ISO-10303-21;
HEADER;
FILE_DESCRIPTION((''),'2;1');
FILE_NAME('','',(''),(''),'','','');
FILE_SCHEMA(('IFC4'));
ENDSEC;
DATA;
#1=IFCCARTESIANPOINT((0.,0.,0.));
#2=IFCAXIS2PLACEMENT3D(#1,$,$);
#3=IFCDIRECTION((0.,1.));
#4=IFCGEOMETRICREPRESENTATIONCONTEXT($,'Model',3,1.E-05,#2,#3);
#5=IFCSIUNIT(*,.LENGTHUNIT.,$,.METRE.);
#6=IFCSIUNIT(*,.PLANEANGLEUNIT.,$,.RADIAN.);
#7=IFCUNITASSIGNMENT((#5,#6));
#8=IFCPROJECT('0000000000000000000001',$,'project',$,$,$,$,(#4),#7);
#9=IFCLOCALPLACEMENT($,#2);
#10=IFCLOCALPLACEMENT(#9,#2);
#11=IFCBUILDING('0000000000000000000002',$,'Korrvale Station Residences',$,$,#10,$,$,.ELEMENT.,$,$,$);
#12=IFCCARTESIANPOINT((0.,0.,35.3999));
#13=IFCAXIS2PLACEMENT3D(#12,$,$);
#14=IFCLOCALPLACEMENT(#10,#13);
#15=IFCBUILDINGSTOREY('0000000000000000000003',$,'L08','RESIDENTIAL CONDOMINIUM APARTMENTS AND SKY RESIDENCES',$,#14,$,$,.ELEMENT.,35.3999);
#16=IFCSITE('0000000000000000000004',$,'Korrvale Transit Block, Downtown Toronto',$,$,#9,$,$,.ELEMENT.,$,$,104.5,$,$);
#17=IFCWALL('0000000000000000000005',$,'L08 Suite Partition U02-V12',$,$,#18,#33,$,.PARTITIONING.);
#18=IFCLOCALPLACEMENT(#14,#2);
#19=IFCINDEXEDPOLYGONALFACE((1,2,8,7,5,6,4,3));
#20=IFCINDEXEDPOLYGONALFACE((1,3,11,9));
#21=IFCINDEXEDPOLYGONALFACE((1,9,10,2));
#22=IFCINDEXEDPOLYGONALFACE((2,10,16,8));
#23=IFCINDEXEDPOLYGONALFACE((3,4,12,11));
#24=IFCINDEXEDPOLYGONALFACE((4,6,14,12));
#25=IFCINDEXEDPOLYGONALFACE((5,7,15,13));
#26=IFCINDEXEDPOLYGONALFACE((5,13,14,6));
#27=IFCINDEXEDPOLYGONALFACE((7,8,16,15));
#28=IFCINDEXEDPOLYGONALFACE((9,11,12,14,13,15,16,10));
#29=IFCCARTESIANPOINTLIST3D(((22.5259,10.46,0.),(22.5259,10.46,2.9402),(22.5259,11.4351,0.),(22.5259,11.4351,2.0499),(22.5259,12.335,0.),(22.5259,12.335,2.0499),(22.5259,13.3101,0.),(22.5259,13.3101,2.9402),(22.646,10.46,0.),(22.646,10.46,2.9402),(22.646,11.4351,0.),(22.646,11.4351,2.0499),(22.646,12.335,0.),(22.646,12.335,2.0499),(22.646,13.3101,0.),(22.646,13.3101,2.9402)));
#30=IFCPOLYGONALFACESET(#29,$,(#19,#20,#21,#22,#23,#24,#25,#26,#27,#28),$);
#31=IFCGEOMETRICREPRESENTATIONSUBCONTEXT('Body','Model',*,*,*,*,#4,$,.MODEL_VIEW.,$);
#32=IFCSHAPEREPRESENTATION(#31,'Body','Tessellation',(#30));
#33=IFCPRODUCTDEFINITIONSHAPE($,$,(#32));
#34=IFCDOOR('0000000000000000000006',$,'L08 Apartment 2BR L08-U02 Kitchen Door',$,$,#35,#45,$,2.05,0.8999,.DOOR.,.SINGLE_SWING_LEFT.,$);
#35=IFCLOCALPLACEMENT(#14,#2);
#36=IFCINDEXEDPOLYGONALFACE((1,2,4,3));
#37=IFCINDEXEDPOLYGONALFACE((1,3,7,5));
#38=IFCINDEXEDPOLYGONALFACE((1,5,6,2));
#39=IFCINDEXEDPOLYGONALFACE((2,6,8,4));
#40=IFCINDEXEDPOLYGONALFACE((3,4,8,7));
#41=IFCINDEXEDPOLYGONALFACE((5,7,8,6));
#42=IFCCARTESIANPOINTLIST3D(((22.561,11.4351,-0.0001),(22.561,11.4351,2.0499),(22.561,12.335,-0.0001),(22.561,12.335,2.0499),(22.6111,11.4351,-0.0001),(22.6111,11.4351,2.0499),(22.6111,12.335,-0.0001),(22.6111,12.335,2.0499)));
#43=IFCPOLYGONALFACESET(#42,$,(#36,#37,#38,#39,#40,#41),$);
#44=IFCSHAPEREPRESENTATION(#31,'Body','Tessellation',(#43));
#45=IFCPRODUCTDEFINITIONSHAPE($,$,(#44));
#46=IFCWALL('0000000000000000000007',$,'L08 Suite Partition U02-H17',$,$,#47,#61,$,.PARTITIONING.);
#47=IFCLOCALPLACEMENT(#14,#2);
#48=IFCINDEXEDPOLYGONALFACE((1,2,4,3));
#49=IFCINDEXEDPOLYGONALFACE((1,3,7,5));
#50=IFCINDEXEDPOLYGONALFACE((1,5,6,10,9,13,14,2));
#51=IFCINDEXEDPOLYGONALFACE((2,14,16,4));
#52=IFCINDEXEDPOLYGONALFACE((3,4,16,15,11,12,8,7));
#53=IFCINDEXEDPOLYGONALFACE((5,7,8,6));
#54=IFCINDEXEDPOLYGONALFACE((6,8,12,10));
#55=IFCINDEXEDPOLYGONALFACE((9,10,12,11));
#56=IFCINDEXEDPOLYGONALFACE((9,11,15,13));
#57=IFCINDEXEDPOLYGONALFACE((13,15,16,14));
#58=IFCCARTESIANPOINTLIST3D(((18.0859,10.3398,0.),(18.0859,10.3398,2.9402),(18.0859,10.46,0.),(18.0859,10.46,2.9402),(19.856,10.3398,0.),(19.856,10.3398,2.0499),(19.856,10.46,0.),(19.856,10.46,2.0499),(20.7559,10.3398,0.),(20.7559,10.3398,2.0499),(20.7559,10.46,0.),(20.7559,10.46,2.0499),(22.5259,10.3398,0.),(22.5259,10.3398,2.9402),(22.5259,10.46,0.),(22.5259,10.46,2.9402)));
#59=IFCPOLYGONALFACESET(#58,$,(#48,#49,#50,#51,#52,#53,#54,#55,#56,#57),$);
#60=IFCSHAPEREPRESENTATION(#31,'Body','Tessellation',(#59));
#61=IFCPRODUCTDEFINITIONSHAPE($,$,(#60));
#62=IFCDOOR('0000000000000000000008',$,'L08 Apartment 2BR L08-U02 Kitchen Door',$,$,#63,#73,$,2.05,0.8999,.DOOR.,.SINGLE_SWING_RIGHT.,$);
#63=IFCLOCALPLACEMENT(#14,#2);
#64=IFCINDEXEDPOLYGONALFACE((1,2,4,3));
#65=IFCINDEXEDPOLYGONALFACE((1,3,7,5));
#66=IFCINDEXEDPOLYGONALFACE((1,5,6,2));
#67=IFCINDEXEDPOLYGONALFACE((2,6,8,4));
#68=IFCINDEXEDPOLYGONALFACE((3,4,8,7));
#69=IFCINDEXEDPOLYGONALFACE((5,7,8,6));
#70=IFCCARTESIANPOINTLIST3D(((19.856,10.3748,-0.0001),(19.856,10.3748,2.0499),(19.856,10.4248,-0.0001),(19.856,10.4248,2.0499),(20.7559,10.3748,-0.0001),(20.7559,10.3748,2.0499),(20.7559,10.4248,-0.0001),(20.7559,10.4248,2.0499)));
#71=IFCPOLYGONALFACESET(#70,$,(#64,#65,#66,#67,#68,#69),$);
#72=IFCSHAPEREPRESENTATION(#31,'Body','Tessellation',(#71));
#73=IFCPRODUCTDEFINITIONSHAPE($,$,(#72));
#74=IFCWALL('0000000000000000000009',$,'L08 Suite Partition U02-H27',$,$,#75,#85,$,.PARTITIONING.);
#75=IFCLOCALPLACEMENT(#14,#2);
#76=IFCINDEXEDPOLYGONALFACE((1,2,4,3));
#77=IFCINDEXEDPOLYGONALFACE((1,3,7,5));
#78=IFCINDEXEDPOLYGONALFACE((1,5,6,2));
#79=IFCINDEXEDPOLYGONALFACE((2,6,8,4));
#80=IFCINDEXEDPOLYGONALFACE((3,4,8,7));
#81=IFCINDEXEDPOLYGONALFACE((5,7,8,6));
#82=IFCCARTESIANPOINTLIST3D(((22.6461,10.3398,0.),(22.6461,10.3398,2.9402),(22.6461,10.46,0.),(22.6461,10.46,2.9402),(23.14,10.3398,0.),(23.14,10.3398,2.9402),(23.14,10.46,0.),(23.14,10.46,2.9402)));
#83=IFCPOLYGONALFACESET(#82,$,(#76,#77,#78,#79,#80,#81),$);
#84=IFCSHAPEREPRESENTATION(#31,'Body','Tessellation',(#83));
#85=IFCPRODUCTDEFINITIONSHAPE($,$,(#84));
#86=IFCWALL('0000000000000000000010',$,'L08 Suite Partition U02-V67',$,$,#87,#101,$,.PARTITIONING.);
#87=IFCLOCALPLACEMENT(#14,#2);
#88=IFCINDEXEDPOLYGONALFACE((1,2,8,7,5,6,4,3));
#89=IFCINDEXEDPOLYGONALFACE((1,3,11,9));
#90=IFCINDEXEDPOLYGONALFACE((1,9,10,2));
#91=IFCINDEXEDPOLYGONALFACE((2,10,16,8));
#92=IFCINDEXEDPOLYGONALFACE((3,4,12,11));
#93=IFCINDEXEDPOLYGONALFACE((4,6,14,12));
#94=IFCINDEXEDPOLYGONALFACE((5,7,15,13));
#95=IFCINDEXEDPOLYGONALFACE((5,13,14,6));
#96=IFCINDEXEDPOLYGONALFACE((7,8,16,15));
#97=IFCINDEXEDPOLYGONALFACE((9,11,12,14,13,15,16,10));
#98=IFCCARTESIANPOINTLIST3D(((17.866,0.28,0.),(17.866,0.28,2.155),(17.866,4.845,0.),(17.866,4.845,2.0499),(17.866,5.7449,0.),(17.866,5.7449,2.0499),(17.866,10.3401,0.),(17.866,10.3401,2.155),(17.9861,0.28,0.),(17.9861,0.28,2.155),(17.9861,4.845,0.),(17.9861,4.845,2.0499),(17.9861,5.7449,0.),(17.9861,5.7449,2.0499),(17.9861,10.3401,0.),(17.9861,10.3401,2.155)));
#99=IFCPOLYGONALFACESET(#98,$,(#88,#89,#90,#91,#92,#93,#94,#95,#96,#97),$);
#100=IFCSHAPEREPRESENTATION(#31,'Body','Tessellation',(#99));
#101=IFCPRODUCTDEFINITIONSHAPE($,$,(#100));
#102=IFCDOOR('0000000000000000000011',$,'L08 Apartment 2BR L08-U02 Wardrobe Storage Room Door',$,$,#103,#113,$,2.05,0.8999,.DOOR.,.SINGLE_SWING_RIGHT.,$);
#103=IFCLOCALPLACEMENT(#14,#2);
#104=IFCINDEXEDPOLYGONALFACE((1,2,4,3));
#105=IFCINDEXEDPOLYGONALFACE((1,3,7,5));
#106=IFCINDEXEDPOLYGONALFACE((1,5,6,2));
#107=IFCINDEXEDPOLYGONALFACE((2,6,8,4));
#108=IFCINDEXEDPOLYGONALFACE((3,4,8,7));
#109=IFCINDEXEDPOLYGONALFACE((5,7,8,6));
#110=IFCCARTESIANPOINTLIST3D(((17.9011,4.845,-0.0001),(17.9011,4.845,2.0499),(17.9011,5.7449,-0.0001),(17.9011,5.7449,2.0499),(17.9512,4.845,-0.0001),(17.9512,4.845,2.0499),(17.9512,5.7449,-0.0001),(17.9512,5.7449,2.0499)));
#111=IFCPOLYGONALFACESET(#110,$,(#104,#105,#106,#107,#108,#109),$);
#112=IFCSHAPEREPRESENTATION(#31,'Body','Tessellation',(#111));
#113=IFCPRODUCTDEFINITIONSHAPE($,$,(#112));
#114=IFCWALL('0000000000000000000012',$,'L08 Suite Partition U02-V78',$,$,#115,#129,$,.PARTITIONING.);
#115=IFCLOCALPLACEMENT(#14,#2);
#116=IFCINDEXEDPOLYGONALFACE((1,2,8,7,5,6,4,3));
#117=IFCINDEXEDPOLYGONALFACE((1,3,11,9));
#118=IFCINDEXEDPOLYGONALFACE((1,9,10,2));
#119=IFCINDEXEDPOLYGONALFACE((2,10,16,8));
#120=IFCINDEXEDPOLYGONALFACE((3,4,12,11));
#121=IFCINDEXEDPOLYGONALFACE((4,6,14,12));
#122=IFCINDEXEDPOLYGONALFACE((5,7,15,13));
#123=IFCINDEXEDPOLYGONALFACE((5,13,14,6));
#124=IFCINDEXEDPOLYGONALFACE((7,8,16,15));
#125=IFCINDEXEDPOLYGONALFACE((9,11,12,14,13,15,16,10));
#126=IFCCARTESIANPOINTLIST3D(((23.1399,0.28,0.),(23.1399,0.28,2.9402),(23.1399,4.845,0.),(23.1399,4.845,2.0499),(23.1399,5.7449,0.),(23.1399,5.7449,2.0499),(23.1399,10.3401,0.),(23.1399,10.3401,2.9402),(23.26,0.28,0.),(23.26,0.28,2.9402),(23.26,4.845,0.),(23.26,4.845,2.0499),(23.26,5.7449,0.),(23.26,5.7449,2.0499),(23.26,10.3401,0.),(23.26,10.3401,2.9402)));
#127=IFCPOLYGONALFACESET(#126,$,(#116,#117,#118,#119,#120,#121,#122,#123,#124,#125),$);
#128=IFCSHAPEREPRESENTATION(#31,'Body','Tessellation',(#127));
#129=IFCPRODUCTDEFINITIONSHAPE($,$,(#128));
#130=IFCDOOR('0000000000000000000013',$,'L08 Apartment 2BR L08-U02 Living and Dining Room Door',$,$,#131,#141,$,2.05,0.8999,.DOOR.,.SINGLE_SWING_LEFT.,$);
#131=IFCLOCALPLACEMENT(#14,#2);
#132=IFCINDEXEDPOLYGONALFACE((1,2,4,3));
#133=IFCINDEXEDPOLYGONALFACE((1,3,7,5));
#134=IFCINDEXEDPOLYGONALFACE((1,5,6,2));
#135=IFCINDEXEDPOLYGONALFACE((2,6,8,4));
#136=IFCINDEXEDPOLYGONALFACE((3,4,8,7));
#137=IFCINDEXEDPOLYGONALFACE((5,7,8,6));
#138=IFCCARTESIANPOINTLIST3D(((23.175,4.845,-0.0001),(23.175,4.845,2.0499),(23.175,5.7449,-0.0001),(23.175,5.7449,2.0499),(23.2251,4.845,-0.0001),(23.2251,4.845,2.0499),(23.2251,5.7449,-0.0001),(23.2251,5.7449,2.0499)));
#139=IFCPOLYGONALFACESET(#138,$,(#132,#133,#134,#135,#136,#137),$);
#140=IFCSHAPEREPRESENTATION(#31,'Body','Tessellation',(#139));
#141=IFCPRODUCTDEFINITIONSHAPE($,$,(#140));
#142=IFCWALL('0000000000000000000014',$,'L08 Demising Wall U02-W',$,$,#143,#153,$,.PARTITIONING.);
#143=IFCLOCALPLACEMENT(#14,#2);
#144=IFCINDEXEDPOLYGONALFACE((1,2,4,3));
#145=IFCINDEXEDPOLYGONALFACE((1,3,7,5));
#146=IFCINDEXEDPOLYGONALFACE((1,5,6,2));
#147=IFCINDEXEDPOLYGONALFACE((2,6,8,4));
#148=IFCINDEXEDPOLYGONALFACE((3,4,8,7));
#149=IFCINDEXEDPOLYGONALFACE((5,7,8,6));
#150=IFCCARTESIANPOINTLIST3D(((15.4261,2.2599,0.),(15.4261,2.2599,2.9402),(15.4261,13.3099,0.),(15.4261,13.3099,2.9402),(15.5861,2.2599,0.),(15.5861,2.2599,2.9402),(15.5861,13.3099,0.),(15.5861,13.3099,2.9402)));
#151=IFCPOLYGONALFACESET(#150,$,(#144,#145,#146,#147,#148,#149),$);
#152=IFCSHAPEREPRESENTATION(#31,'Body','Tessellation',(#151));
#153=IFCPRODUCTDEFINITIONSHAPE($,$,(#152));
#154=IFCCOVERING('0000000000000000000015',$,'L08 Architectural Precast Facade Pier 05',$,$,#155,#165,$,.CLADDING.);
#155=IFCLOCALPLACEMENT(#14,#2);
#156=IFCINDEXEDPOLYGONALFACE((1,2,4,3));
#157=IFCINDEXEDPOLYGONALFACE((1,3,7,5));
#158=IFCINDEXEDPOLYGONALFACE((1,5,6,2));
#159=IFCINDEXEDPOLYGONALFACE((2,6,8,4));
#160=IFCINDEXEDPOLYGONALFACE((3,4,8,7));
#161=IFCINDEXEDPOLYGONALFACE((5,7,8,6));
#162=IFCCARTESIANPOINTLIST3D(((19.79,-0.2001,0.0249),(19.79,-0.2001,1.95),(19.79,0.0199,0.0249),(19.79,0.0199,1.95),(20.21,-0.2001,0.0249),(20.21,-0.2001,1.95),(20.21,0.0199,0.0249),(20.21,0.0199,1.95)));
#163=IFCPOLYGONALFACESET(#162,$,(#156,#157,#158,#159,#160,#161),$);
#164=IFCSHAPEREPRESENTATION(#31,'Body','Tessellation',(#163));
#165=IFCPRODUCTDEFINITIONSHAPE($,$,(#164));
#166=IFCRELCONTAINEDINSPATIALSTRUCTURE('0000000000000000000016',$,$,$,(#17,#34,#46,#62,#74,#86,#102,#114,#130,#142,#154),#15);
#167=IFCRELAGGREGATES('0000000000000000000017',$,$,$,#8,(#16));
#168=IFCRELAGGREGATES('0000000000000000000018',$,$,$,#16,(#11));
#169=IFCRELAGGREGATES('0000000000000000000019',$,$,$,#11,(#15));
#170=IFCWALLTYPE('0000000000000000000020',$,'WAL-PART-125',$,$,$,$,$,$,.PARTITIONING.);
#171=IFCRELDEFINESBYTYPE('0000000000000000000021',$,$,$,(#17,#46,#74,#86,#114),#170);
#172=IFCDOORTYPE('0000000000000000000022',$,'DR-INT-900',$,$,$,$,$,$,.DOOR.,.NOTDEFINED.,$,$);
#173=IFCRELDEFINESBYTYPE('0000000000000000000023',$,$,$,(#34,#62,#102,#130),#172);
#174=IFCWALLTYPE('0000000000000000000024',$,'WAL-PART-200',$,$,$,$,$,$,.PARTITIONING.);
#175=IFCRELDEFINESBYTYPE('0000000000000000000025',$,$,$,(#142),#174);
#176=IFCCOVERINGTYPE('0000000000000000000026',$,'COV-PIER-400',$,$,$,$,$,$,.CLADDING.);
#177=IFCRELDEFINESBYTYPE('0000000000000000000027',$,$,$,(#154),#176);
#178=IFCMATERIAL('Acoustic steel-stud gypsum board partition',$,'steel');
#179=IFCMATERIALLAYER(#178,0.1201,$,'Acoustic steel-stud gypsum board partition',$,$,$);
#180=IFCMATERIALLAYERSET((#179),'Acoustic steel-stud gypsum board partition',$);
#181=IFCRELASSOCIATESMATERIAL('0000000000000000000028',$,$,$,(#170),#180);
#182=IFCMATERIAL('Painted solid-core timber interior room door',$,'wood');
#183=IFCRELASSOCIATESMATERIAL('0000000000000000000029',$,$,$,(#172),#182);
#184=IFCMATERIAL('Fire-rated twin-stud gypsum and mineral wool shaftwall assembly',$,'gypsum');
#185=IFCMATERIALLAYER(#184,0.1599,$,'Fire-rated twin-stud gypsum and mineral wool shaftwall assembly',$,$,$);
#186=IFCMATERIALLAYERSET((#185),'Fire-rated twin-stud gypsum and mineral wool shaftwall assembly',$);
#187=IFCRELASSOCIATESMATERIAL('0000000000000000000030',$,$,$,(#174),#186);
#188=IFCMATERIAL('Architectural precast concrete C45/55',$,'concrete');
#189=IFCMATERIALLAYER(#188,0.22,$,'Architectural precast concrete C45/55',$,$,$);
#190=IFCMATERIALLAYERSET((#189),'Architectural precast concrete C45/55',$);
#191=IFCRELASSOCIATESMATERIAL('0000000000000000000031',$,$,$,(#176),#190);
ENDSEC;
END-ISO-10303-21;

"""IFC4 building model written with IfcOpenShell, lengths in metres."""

from ifc_helpers import new_model, si_unit, direction, frame, frame_2d, origin, origin_2d, place, context, subcontext, project, spatial, rectangle, extrude, material, layer, layer_set, type_object, element, fill, save


model = new_model("IFC4")

# Units and contexts
model_context = context("Model", 3, precision=1e-05, world=origin(), true_north=direction((0.0, 1.0)))
body_context = subcontext(model_context, "Body", "Model", "MODEL_VIEW")
ifc_project = project(units=[si_unit("LENGTHUNIT", "METRE"), si_unit("PLANEANGLEUNIT", "RADIAN")], contexts=[model_context])

# Site, building, storey
site_placement = place(None, origin())
site = spatial("IfcSite", under=ifc_project, at=site_placement, Name="Korrvale Transit Block, Downtown Toronto", CompositionType="ELEMENT", RefElevation=104.5)
building_placement = place(site_placement, origin())
building = spatial("IfcBuilding", under=site, at=building_placement, Name="Korrvale Station Residences", CompositionType="ELEMENT")
storey_placement = place(building_placement, frame((0.0, 0.0, 35.3999)))
storey = spatial("IfcBuildingStorey", under=building, at=storey_placement, Name="L08", Description="RESIDENTIAL CONDOMINIUM APARTMENTS AND SKY RESIDENCES", CompositionType="ELEMENT", Elevation=35.3999)

# Shared definitions
ifc_material_1 = material(Name="Acoustic steel-stud gypsum board partition", Category="steel")
ifc_layer_1 = layer(ifc_material_1, 0.1201, Name="Acoustic steel-stud gypsum board partition")
ifc_layer_set_1 = layer_set([ifc_layer_1], Name="Acoustic steel-stud gypsum board partition")
wall_type_1 = type_object("IfcWallType", Name="WAL-PART-125", PredefinedType="PARTITIONING", material=ifc_layer_set_1)

# Walls, openings, doors
wall_1_placement = place(storey_placement, frame((22.5859, 10.46, 0.0), z_axis=(0.0, 0.0, 1.0), x_axis=(0.0, 1.0, 0.0)))
wall_1 = element("IfcWall", 1, at=wall_1_placement, inside=storey, type_object=wall_type_1, Name="L08 Suite Partition U02-V12", PredefinedType="PARTITIONING", context=body_context, shape_type="SweptSolid", body=[
    extrude(rectangle(XDim=2.8501, YDim=0.1201, at=frame_2d((1.425, 0.0))), origin(), (0.0, 0.0, 1.0), 2.9402),
])
opening_1_placement = place(wall_1_placement, frame((0.9751, 0.0, 0.0)))
opening_1 = element("IfcOpeningElement", 2, at=opening_1_placement, cuts=wall_1, PredefinedType="OPENING", context=body_context, shape_type="SweptSolid", body=[
    extrude(rectangle(XDim=0.8999, YDim=2.05, at=frame_2d((0.45, 1.0249))), frame((0.0, 0.0701, 0.0), z_axis=(0.0, -1.0, 0.0), x_axis=(1.0, 0.0, 0.0)), (0.0, 0.0, 1.0), 0.1401),
])
ifc_material_2 = material(Name="Painted solid-core timber interior room door", Category="wood")
door_type_1 = type_object("IfcDoorType", Name="DR-INT-900", OperationType="NOTDEFINED", PredefinedType="DOOR", material=ifc_material_2)
door_1_placement = place(opening_1_placement, origin())
door_1 = element("IfcDoor", 3, at=door_1_placement, inside=storey, type_object=door_type_1, Name="L08 Apartment 2BR L08-U02 Kitchen Door", OperationType="SINGLE_SWING_LEFT", OverallHeight=2.05, OverallWidth=0.8999, PredefinedType="DOOR", context=body_context, shape_type="SweptSolid", body=[
    extrude(rectangle(XDim=0.8999, YDim=2.05, at=frame_2d((0.45, 1.0249))), frame((0.0, 0.0249, 0.0), z_axis=(0.0, -1.0, 0.0), x_axis=(1.0, 0.0, 0.0)), (0.0, 0.0, 1.0), 0.05),
])
fill(opening_1, door_1)
wall_2_placement = place(storey_placement, frame((18.0859, 10.3999, 0.0), z_axis=(0.0, 0.0, 1.0), x_axis=(1.0, 0.0, 0.0)))
wall_2 = element("IfcWall", 4, at=wall_2_placement, inside=storey, type_object=wall_type_1, Name="L08 Suite Partition U02-H17", PredefinedType="PARTITIONING", context=body_context, shape_type="SweptSolid", body=[
    extrude(rectangle(XDim=4.4399, YDim=0.1201, at=frame_2d((2.22, 0.0))), origin(), (0.0, 0.0, 1.0), 2.9402),
])
opening_2_placement = place(wall_2_placement, frame((1.77, 0.0, 0.0)))
opening_2 = element("IfcOpeningElement", 5, at=opening_2_placement, cuts=wall_2, PredefinedType="OPENING", context=body_context, shape_type="SweptSolid", body=[
    extrude(rectangle(XDim=0.8999, YDim=2.05, at=frame_2d((0.45, 1.0249))), frame((0.0, 0.0701, 0.0), z_axis=(0.0, -1.0, 0.0), x_axis=(1.0, 0.0, 0.0)), (0.0, 0.0, 1.0), 0.1401),
])
door_2_placement = place(opening_2_placement, origin())
door_2 = element("IfcDoor", 6, at=door_2_placement, inside=storey, type_object=door_type_1, Name="L08 Apartment 2BR L08-U02 Kitchen Door", OperationType="SINGLE_SWING_RIGHT", OverallHeight=2.05, OverallWidth=0.8999, PredefinedType="DOOR", context=body_context, shape_type="SweptSolid", body=[
    extrude(rectangle(XDim=0.8999, YDim=2.05, at=frame_2d((0.45, 1.0249))), frame((0.0, 0.0249, 0.0), z_axis=(0.0, -1.0, 0.0), x_axis=(1.0, 0.0, 0.0)), (0.0, 0.0, 1.0), 0.05),
])
fill(opening_2, door_2)

# Wall
wall_3_placement = place(storey_placement, frame((22.646, 10.3999, 0.0), z_axis=(0.0, 0.0, 1.0), x_axis=(1.0, 0.0, 0.0)))
element("IfcWall", 7, at=wall_3_placement, inside=storey, type_object=wall_type_1, Name="L08 Suite Partition U02-H27", PredefinedType="PARTITIONING", context=body_context, shape_type="SweptSolid", body=[
    extrude(rectangle(XDim=0.4939, YDim=0.1201, at=frame_2d((0.2471, 0.0))), origin(), (0.0, 0.0, 1.0), 2.9402),
])

# Walls, openings, doors
wall_4_placement = place(storey_placement, frame((17.926, 0.28, 0.0), z_axis=(0.0, 0.0, 1.0), x_axis=(0.0, 1.0, 0.0)))
wall_4 = element("IfcWall", 8, at=wall_4_placement, inside=storey, type_object=wall_type_1, Name="L08 Suite Partition U02-V67", PredefinedType="PARTITIONING", context=body_context, shape_type="SweptSolid", body=[
    extrude(rectangle(XDim=10.0601, YDim=0.1201, at=frame_2d((5.03, 0.0))), origin(), (0.0, 0.0, 1.0), 2.155),
])
opening_3_placement = place(wall_4_placement, frame((4.5649, 0.0, 0.0)))
opening_3 = element("IfcOpeningElement", 9, at=opening_3_placement, cuts=wall_4, PredefinedType="OPENING", context=body_context, shape_type="SweptSolid", body=[
    extrude(rectangle(XDim=0.8999, YDim=2.05, at=frame_2d((0.45, 1.0249))), frame((0.0, 0.0701, 0.0), z_axis=(0.0, -1.0, 0.0), x_axis=(1.0, 0.0, 0.0)), (0.0, 0.0, 1.0), 0.1401),
])
door_3_placement = place(opening_3_placement, origin())
door_3 = element("IfcDoor", 10, at=door_3_placement, inside=storey, type_object=door_type_1, Name="L08 Apartment 2BR L08-U02 Wardrobe Storage Room Door", OperationType="SINGLE_SWING_RIGHT", OverallHeight=2.05, OverallWidth=0.8999, PredefinedType="DOOR", context=body_context, shape_type="SweptSolid", body=[
    extrude(rectangle(XDim=0.8999, YDim=2.05, at=frame_2d((0.45, 1.0249))), frame((0.0, 0.0249, 0.0), z_axis=(0.0, -1.0, 0.0), x_axis=(1.0, 0.0, 0.0)), (0.0, 0.0, 1.0), 0.05),
])
fill(opening_3, door_3)
wall_5_placement = place(storey_placement, frame((23.2, 0.28, 0.0), z_axis=(0.0, 0.0, 1.0), x_axis=(0.0, 1.0, 0.0)))
wall_5 = element("IfcWall", 11, at=wall_5_placement, inside=storey, type_object=wall_type_1, Name="L08 Suite Partition U02-V78", PredefinedType="PARTITIONING", context=body_context, shape_type="SweptSolid", body=[
    extrude(rectangle(XDim=10.0601, YDim=0.1201, at=frame_2d((5.03, 0.0))), origin(), (0.0, 0.0, 1.0), 2.9402),
])
opening_4_placement = place(wall_5_placement, frame((4.5649, 0.0, 0.0)))
opening_4 = element("IfcOpeningElement", 12, at=opening_4_placement, cuts=wall_5, PredefinedType="OPENING", context=body_context, shape_type="SweptSolid", body=[
    extrude(rectangle(XDim=0.8999, YDim=2.05, at=frame_2d((0.45, 1.0249))), frame((0.0, 0.0701, 0.0), z_axis=(0.0, -1.0, 0.0), x_axis=(1.0, 0.0, 0.0)), (0.0, 0.0, 1.0), 0.1401),
])
door_4_placement = place(opening_4_placement, origin())
door_4 = element("IfcDoor", 13, at=door_4_placement, inside=storey, type_object=door_type_1, Name="L08 Apartment 2BR L08-U02 Living and Dining Room Door", OperationType="SINGLE_SWING_LEFT", OverallHeight=2.05, OverallWidth=0.8999, PredefinedType="DOOR", context=body_context, shape_type="SweptSolid", body=[
    extrude(rectangle(XDim=0.8999, YDim=2.05, at=frame_2d((0.45, 1.0249))), frame((0.0, 0.0249, 0.0), z_axis=(0.0, -1.0, 0.0), x_axis=(1.0, 0.0, 0.0)), (0.0, 0.0, 1.0), 0.05),
])
fill(opening_4, door_4)

# Wall
ifc_material_3 = material(Name="Fire-rated twin-stud gypsum and mineral wool shaftwall assembly", Category="gypsum")
ifc_layer_2 = layer(ifc_material_3, 0.1599, Name="Fire-rated twin-stud gypsum and mineral wool shaftwall assembly")
ifc_layer_set_2 = layer_set([ifc_layer_2], Name="Fire-rated twin-stud gypsum and mineral wool shaftwall assembly")
wall_type_2 = type_object("IfcWallType", Name="WAL-PART-200", PredefinedType="PARTITIONING", material=ifc_layer_set_2)
wall_6_placement = place(storey_placement, frame((15.5061, 2.26, 0.0), z_axis=(0.0, 0.0, 1.0), x_axis=(0.0, 1.0, 0.0)))
element("IfcWall", 14, at=wall_6_placement, inside=storey, type_object=wall_type_2, Name="L08 Demising Wall U02-W", PredefinedType="PARTITIONING", context=body_context, shape_type="SweptSolid", body=[
    extrude(rectangle(XDim=11.05, YDim=0.1599, at=frame_2d((5.5249, 0.0))), origin(), (0.0, 0.0, 1.0), 2.9402),
])

# Covering
ifc_material_4 = material(Name="Architectural precast concrete C45/55", Category="concrete")
ifc_layer_3 = layer(ifc_material_4, 0.22, Name="Architectural precast concrete C45/55")
ifc_layer_set_3 = layer_set([ifc_layer_3], Name="Architectural precast concrete C45/55")
covering_type = type_object("IfcCoveringType", Name="COV-PIER-400", PredefinedType="CLADDING", material=ifc_layer_set_3)
covering_placement = place(storey_placement, frame((20.0, -0.0901, 0.0249), z_axis=(0.0, 0.0, 1.0), x_axis=(1.0, 0.0, 0.0)))
element("IfcCovering", 15, at=covering_placement, inside=storey, type_object=covering_type, Name="L08 Architectural Precast Facade Pier 05", PredefinedType="CLADDING", context=body_context, shape_type="SweptSolid", body=[
    extrude(rectangle(XDim=0.4199, YDim=0.22, at=origin_2d()), origin(), (0.0, 0.0, 1.0), 1.925),
])

save(model, "model.ifc")
